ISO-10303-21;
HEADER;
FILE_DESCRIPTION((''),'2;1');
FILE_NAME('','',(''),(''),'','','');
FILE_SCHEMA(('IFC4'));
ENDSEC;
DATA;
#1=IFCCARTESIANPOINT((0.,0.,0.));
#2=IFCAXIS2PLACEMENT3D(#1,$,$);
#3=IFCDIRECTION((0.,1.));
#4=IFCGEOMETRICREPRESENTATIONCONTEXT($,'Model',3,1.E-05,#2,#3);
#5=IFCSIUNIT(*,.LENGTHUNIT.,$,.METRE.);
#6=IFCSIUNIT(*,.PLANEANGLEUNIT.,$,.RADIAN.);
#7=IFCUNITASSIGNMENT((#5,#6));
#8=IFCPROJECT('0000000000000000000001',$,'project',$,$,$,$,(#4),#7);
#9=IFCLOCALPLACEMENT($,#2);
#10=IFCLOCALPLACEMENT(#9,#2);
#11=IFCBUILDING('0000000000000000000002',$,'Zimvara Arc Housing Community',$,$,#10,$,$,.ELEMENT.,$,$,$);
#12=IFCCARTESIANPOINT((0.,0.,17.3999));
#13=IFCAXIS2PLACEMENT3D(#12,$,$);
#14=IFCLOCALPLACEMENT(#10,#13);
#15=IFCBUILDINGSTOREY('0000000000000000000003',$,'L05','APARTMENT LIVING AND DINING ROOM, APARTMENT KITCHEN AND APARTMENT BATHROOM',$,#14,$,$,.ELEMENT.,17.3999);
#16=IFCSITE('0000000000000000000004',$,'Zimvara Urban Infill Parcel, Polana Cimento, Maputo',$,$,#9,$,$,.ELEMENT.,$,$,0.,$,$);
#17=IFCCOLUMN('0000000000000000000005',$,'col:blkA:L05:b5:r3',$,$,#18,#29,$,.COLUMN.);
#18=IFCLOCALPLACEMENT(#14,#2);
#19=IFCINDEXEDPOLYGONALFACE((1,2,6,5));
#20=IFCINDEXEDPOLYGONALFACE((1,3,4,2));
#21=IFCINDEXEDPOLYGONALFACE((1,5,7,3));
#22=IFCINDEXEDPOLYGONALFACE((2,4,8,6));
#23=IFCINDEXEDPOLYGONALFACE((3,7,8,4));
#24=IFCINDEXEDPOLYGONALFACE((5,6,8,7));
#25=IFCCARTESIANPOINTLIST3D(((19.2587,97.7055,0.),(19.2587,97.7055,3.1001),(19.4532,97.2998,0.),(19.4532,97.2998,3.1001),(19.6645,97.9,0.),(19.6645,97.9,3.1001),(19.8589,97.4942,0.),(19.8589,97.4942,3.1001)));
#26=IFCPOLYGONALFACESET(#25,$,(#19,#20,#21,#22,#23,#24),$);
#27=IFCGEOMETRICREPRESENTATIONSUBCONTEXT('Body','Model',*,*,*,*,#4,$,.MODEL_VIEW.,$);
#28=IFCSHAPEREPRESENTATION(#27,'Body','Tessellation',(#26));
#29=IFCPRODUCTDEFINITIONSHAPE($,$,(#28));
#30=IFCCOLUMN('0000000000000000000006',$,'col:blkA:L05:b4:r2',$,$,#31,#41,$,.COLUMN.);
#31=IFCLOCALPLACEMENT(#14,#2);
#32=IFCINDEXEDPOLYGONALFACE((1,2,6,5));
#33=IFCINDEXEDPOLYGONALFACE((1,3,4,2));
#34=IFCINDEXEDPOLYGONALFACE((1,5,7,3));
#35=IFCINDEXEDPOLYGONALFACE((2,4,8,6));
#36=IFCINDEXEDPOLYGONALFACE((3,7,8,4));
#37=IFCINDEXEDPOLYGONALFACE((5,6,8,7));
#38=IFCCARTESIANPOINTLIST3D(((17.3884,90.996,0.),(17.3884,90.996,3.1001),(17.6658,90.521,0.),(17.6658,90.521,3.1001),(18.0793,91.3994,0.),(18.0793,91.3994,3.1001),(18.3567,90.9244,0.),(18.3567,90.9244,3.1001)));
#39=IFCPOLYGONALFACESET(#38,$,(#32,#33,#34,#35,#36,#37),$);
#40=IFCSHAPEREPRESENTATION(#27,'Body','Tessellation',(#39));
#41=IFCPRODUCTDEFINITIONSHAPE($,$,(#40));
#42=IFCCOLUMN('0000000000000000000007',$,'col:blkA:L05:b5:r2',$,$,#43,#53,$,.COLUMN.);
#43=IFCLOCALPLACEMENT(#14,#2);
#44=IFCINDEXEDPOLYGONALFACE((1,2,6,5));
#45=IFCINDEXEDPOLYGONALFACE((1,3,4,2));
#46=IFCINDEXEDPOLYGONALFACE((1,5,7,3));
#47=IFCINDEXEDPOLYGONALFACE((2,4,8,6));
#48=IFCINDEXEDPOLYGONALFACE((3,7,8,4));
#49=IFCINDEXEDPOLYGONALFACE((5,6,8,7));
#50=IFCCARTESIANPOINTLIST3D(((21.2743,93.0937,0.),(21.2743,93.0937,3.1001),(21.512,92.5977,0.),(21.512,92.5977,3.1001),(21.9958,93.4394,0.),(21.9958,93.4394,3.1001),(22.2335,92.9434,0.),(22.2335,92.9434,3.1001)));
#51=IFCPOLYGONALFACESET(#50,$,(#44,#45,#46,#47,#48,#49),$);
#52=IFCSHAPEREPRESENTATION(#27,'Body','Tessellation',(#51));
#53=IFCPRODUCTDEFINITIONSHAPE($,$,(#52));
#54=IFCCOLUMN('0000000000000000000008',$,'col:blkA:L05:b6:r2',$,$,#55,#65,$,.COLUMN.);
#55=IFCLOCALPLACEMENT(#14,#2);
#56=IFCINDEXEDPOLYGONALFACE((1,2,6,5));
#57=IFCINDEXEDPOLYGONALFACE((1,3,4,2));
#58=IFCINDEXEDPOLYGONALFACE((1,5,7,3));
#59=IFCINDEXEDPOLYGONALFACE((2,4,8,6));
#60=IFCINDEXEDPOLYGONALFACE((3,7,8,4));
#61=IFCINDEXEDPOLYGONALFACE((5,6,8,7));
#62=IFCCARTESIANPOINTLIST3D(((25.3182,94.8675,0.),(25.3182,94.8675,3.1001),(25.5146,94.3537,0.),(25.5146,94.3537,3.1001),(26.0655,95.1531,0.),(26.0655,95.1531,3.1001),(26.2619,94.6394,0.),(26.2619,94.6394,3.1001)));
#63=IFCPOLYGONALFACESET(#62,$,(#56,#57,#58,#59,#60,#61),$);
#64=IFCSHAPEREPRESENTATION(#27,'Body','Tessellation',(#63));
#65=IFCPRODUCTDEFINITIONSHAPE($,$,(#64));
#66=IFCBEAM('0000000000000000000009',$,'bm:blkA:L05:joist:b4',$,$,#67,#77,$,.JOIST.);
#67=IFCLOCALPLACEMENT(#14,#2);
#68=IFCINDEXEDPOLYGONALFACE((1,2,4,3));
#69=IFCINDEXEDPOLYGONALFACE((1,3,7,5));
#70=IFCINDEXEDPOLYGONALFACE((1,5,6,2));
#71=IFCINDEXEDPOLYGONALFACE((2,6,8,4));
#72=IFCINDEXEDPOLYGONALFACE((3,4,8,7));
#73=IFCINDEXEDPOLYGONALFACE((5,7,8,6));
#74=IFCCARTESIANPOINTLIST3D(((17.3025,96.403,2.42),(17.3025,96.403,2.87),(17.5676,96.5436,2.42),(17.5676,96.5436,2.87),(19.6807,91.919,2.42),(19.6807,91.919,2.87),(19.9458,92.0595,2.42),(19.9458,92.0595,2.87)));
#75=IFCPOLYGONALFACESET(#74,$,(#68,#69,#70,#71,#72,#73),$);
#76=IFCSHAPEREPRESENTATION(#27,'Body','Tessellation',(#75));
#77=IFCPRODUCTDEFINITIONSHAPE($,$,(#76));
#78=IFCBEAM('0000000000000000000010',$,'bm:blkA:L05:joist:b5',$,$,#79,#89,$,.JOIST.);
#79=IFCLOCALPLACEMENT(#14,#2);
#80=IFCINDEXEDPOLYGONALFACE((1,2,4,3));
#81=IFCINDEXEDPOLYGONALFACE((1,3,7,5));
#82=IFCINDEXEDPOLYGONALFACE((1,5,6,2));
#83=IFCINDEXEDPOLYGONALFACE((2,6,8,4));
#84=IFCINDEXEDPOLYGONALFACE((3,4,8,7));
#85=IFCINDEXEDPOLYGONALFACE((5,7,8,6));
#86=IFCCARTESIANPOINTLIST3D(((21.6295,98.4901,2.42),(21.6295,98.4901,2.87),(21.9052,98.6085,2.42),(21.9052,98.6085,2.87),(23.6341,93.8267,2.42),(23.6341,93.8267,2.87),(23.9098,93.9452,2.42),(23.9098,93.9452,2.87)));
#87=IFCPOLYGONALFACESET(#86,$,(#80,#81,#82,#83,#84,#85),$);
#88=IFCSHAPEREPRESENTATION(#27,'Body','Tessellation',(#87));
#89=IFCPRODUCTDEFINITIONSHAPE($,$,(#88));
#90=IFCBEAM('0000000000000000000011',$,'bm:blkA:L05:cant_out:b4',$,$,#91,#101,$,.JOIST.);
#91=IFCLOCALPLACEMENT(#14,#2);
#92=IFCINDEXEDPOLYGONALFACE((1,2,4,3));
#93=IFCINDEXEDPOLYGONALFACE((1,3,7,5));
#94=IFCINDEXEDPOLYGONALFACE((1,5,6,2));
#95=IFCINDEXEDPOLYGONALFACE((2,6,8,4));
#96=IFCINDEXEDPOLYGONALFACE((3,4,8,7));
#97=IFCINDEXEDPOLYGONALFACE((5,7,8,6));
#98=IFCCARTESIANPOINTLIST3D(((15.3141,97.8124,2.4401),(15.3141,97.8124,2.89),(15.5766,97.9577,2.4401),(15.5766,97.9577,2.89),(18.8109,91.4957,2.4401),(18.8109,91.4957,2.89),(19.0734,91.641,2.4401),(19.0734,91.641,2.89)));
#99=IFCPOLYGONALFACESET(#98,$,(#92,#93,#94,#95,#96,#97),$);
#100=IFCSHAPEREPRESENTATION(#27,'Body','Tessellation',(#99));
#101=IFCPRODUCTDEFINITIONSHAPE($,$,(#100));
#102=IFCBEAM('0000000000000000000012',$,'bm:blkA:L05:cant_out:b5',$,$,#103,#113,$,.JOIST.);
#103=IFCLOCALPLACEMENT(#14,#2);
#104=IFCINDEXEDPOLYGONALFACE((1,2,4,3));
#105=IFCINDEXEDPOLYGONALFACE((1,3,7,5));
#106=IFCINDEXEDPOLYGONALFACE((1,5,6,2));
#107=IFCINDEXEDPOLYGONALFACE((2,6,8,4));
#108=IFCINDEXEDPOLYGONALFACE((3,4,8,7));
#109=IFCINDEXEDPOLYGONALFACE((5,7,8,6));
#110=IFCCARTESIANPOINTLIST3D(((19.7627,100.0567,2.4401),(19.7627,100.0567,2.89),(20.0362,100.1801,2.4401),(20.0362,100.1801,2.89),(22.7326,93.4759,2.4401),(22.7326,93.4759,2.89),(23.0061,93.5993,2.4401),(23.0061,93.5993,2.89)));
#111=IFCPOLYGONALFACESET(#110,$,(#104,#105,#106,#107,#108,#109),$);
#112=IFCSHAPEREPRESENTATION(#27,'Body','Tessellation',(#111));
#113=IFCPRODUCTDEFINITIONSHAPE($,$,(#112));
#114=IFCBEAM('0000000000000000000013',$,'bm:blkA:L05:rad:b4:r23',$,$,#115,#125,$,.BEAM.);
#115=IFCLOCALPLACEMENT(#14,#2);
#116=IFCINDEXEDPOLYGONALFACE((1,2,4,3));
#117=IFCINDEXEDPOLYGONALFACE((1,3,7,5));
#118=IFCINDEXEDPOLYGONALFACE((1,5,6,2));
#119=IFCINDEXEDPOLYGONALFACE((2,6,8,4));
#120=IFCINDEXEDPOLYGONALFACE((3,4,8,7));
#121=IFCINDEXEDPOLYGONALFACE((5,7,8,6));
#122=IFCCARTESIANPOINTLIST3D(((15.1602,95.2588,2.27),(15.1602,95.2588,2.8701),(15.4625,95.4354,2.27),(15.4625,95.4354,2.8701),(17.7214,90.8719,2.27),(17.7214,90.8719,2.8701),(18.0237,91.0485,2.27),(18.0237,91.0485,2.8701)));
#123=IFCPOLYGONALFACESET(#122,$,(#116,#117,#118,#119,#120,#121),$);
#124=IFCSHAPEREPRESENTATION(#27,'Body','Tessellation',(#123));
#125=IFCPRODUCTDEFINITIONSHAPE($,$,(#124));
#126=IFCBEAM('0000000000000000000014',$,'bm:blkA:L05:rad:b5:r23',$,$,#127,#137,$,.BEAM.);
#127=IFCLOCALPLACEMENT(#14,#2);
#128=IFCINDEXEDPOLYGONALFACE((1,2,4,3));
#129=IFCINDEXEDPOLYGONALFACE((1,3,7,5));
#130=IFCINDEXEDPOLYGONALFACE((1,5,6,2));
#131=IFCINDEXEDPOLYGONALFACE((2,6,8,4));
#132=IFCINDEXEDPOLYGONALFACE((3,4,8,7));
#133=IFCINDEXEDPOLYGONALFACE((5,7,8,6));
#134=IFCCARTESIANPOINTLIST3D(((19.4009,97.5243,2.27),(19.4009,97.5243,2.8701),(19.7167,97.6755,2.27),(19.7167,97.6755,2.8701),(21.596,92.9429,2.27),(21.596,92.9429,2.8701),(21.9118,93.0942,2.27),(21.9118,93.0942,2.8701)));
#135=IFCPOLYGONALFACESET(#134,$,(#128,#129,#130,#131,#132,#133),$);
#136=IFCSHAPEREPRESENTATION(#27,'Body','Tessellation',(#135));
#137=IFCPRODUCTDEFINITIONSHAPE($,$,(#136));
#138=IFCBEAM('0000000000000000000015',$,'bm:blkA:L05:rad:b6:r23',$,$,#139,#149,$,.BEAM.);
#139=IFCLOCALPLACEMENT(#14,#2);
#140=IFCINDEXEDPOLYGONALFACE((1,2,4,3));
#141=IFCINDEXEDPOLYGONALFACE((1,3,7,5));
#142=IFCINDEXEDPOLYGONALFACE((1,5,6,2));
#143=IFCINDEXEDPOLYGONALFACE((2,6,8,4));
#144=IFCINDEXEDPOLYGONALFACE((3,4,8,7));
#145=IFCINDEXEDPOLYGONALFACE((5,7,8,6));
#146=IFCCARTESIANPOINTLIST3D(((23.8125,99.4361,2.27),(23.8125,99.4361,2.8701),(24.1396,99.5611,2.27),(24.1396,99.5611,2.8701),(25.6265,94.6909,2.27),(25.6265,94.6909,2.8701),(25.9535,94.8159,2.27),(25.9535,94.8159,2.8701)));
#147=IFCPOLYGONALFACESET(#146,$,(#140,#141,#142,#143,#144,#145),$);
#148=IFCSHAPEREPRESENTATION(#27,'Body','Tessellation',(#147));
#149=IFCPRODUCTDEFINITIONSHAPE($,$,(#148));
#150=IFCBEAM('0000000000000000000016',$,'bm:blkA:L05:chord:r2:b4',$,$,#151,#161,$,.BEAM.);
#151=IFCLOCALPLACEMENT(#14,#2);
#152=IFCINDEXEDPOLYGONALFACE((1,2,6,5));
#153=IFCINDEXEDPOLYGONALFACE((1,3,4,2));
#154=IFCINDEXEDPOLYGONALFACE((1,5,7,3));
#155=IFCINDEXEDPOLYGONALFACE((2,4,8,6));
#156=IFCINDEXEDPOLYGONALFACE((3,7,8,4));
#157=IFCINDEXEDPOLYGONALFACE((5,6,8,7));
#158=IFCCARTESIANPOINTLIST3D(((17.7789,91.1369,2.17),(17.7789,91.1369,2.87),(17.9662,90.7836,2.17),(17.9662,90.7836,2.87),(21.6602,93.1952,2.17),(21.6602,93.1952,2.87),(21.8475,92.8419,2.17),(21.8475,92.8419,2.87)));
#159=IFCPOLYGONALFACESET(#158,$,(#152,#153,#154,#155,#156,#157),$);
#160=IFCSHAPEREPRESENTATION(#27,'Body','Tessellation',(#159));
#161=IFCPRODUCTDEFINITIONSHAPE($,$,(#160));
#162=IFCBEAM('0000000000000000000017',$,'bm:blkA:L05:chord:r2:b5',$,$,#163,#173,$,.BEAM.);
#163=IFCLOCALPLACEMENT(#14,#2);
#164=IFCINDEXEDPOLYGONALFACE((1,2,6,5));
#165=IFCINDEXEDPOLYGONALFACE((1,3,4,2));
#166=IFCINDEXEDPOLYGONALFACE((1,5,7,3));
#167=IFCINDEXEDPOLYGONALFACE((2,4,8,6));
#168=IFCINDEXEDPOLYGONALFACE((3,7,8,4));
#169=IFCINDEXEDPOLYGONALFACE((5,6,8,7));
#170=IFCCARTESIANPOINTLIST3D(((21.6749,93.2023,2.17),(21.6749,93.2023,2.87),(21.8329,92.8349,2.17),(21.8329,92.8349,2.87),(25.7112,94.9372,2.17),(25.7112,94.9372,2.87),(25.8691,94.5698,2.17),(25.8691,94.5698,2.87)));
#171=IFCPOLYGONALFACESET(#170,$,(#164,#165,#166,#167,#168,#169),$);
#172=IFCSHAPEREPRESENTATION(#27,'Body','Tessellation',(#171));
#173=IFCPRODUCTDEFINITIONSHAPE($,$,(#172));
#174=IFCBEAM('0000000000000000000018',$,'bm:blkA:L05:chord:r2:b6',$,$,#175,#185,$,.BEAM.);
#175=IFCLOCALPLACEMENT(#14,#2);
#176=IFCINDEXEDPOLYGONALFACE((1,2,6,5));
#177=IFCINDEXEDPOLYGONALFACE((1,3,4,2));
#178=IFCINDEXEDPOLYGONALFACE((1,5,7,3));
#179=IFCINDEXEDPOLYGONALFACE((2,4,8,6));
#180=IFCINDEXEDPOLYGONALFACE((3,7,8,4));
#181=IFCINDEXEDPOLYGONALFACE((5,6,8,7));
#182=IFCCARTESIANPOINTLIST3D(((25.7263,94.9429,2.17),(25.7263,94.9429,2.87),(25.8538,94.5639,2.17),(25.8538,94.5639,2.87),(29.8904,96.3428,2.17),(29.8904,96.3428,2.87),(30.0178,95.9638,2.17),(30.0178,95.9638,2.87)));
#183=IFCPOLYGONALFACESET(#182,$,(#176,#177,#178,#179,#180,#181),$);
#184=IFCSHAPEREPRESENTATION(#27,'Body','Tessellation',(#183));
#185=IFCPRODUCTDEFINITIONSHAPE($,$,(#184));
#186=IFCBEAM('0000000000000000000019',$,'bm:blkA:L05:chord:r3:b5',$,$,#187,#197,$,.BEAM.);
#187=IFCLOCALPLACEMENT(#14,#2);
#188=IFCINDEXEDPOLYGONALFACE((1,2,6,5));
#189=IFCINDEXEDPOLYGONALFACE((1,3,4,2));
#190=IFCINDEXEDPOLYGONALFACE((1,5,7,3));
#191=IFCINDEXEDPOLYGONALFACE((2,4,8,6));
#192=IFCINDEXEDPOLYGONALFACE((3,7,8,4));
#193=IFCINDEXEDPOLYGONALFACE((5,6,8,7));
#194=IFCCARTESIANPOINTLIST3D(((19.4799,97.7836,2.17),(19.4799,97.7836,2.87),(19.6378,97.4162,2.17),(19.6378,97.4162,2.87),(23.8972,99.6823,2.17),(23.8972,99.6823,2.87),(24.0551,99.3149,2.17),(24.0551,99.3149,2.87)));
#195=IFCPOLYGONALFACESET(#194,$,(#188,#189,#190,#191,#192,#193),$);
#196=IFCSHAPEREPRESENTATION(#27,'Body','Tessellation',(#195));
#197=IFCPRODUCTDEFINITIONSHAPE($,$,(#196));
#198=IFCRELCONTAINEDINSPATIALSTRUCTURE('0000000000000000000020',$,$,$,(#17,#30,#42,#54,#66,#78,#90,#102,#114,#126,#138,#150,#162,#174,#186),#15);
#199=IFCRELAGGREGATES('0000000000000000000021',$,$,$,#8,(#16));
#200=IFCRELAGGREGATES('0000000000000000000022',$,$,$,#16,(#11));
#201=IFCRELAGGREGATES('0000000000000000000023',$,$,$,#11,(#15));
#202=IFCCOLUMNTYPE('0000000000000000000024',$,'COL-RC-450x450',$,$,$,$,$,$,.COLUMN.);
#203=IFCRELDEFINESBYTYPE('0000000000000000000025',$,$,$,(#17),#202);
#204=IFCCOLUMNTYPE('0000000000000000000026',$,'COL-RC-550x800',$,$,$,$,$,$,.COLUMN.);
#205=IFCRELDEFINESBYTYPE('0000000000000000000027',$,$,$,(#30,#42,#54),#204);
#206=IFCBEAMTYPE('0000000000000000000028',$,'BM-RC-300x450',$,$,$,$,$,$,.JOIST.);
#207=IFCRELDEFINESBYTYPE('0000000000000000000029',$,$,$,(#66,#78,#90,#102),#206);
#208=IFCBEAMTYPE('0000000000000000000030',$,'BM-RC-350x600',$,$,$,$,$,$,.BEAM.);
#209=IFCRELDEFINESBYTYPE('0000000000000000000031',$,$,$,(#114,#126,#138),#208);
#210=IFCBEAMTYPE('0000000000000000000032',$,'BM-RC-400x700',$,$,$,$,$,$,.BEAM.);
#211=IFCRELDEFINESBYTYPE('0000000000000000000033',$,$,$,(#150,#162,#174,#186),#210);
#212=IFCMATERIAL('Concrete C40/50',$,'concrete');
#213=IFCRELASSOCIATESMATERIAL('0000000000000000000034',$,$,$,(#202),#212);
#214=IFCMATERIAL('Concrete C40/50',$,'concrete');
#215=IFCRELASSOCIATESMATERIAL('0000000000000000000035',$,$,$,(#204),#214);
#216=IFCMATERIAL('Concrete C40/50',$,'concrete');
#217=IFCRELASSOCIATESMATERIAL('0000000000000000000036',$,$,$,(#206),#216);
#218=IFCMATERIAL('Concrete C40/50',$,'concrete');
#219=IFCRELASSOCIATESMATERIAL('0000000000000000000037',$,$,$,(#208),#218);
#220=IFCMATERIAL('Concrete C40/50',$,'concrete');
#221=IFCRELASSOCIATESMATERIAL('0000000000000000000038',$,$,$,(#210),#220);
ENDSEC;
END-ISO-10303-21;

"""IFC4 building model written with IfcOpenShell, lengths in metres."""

from ifc_helpers import new_model, si_unit, direction, frame, origin, origin_2d, place, context, subcontext, project, spatial, rectangle, extrude, material, material_profile, profile_set, type_object, element, save


model = new_model("IFC4")

# Units and contexts
model_context = context("Model", 3, precision=1e-05, world=origin(), true_north=direction((0.0, 1.0)))
body_context = subcontext(model_context, "Body", "Model", "MODEL_VIEW")
ifc_project = project(units=[si_unit("LENGTHUNIT", "METRE"), si_unit("PLANEANGLEUNIT", "RADIAN")], contexts=[model_context])

# Site, building, storey
site_placement = place(None, origin())
site = spatial("IfcSite", under=ifc_project, at=site_placement, Name="Zimvara Urban Infill Parcel, Polana Cimento, Maputo", CompositionType="ELEMENT", RefElevation=0.0)
building_placement = place(site_placement, origin())
building = spatial("IfcBuilding", under=site, at=building_placement, Name="Zimvara Arc Housing Community", CompositionType="ELEMENT")
storey_placement = place(building_placement, frame((0.0, 0.0, 17.3999)))
storey = spatial("IfcBuildingStorey", under=building, at=storey_placement, Name="L05", Description="APARTMENT LIVING AND DINING ROOM, APARTMENT KITCHEN AND APARTMENT BATHROOM", CompositionType="ELEMENT", Elevation=17.3999)

# Columns
ifc_material_1 = material(Name="Concrete C40/50", Category="concrete")
ifc_material_profile_1 = material_profile(ifc_material_1, rectangle(XDim=0.45, YDim=0.45, at=origin_2d()), Name="RC 450x450")
ifc_profile_set_1 = profile_set([ifc_material_profile_1], Name="Concrete C40/50")
column_type_1 = type_object("IfcColumnType", Name="COL-RC-450x450", PredefinedType="COLUMN", material=ifc_profile_set_1)
column_placement = place(storey_placement, frame((19.5588, 97.5999, 0.0), z_axis=(0.0, 0.0, 1.0), x_axis=(-0.432086, 0.901833, 0.0)))
element("IfcColumn", 1, at=column_placement, inside=storey, type_object=column_type_1, Name="col:blkA:L05:b5:r3", PredefinedType="COLUMN", context=body_context, shape_type="SweptSolid", body=[
    extrude(rectangle(XDim=0.45, YDim=0.45, at=origin_2d()), origin(), (0.0, 0.0, 1.0), 3.1001),
])
ifc_material_2 = material(Name="Concrete C40/50", Category="concrete")
ifc_material_profile_2 = material_profile(ifc_material_2, rectangle(XDim=0.55, YDim=0.8, at=origin_2d()), Name="RC 550x800")
ifc_profile_set_2 = profile_set([ifc_material_profile_2], Name="Concrete C40/50")
column_type_2 = type_object("IfcColumnType", Name="COL-RC-550x800", PredefinedType="COLUMN", material=ifc_profile_set_2)
for number, where, z_axis, x_axis, name in (
    (2, (17.8726, 90.9602, 0.0), (0.0, 0.0, 1.0), (-0.504226, 0.863572, 0.0), "col:blkA:L05:b4:r2"),
    (3, (21.7539, 93.0186, 0.0), (0.0, 0.0, 1.0), (-0.432086, 0.901833, 0.0), "col:blkA:L05:b5:r2"),
    (4, (25.79, 94.7534, 0.0), (0.0, 0.0, 1.0), (-0.357064, 0.93408, 0.0), "col:blkA:L05:b6:r2"),
):
    element("IfcColumn", number, at=place(storey_placement, frame(where, z_axis=z_axis, x_axis=x_axis)), inside=storey, type_object=column_type_2, Name=name, PredefinedType="COLUMN", context=body_context, shape_type="SweptSolid", body=[
        extrude(rectangle(XDim=0.55, YDim=0.8, at=origin_2d()), origin(), (0.0, 0.0, 1.0), 3.1001),
    ])

# Beams
ifc_material_3 = material(Name="Concrete C40/50", Category="concrete")
ifc_material_profile_3 = material_profile(ifc_material_3, rectangle(XDim=0.3, YDim=0.45, at=origin_2d()), Name="RC 300x450")
ifc_profile_set_3 = profile_set([ifc_material_profile_3], Name="Concrete C40/50")
beam_type_1 = type_object("IfcBeamType", Name="BM-RC-300x450", PredefinedType="JOIST", material=ifc_profile_set_3)
beam_1_placement = place(storey_placement, frame((19.8132, 91.9893, 2.645), z_axis=(-0.468537, 0.883444, 0.0), x_axis=(-0.883444, -0.468537, 0.0)))
element("IfcBeam", 5, at=beam_1_placement, inside=storey, type_object=beam_type_1, Name="bm:blkA:L05:joist:b4", PredefinedType="JOIST", context=body_context, shape_type="SweptSolid", body=[
    extrude(rectangle(XDim=0.3, YDim=0.45, at=origin_2d()), origin(), (0.0, 0.0, 1.0), 5.0757),
])
beam_2_placement = place(storey_placement, frame((23.772, 93.886, 2.645), z_axis=(-0.394929, 0.918712, 0.0), x_axis=(-0.918712, -0.394929, 0.0)))
element("IfcBeam", 6, at=beam_2_placement, inside=storey, type_object=beam_type_1, Name="bm:blkA:L05:joist:b5", PredefinedType="JOIST", context=body_context, shape_type="SweptSolid", body=[
    extrude(rectangle(XDim=0.3, YDim=0.45, at=origin_2d()), origin(), (0.0, 0.0, 1.0), 5.0759),
])
for number, where, z_axis, x_axis, name in (
    (7, (18.9421, 91.5684, 2.665), (-0.484327, 0.874887, 0.0), (-0.874887, -0.484327, 0.0), "bm:blkA:L05:cant_out:b4"),
    (8, (22.8694, 93.5376, 2.665), (-0.411356, 0.911475, 0.0), (-0.911475, -0.411356, 0.0), "bm:blkA:L05:cant_out:b5"),
):
    element("IfcBeam", number, at=place(storey_placement, frame(where, z_axis=z_axis, x_axis=x_axis)), inside=storey, type_object=beam_type_1, Name=name, PredefinedType="JOIST", context=body_context, shape_type="SweptSolid", body=[
        extrude(rectangle(XDim=0.3, YDim=0.45, at=origin_2d()), origin(), (0.0, 0.0, 1.0), 7.22),
    ])
ifc_material_4 = material(Name="Concrete C40/50", Category="concrete")
ifc_material_profile_4 = material_profile(ifc_material_4, rectangle(XDim=0.3501, YDim=0.6001, at=origin_2d()), Name="RC 350x600")
ifc_profile_set_4 = profile_set([ifc_material_profile_4], Name="Concrete C40/50")
beam_type_2 = type_object("IfcBeamType", Name="BM-RC-350x600", PredefinedType="BEAM", material=ifc_profile_set_4)
beam_3_placement = place(storey_placement, frame((17.8726, 90.9602, 2.5701), z_axis=(-0.504197, 0.863589, 0.0), x_axis=(-0.863589, -0.504197, 0.0)))
element("IfcBeam", 9, at=beam_3_placement, inside=storey, type_object=beam_type_2, Name="bm:blkA:L05:rad:b4:r23", PredefinedType="BEAM", context=body_context, shape_type="SweptSolid", body=[
    extrude(rectangle(XDim=0.3501, YDim=0.6001, at=origin_2d()), origin(), (0.0, 0.0, 1.0), 5.0798),
])
for number, where, z_axis, x_axis, name in (
    (10, (21.7539, 93.0186, 2.5701), (-0.432098, 0.901827, 0.0), (-0.901827, -0.432098, 0.0), "bm:blkA:L05:rad:b5:r23"),
    (11, (25.79, 94.7534, 2.5701), (-0.357078, 0.934074, 0.0), (-0.934074, -0.357078, 0.0), "bm:blkA:L05:rad:b6:r23"),
):
    element("IfcBeam", number, at=place(storey_placement, frame(where, z_axis=z_axis, x_axis=x_axis)), inside=storey, type_object=beam_type_2, Name=name, PredefinedType="BEAM", context=body_context, shape_type="SweptSolid", body=[
        extrude(rectangle(XDim=0.3501, YDim=0.6001, at=origin_2d()), origin(), (0.0, 0.0, 1.0), 5.0801),
    ])
ifc_material_5 = material(Name="Concrete C40/50", Category="concrete")
ifc_material_profile_5 = material_profile(ifc_material_5, rectangle(XDim=0.3999, YDim=0.7, at=origin_2d()), Name="RC 400x700")
ifc_profile_set_5 = profile_set([ifc_material_profile_5], Name="Concrete C40/50")
beam_type_3 = type_object("IfcBeamType", Name="BM-RC-400x700", PredefinedType="BEAM", material=ifc_profile_set_5)
for number, where, z_axis, x_axis, name in (
    (12, (17.8726, 90.9602, 2.52), (0.883457, 0.468513, 0.0), (-0.468513, 0.883457, 0.0), "bm:blkA:L05:chord:r2:b4"),
    (13, (21.7539, 93.0186, 2.52), (0.918725, 0.394898, 0.0), (-0.394898, 0.918725, 0.0), "bm:blkA:L05:chord:r2:b5"),
):
    element("IfcBeam", number, at=place(storey_placement, frame(where, z_axis=z_axis, x_axis=x_axis)), inside=storey, type_object=beam_type_3, Name=name, PredefinedType="BEAM", context=body_context, shape_type="SweptSolid", body=[
        extrude(rectangle(XDim=0.3999, YDim=0.7, at=origin_2d()), origin(), (0.0, 0.0, 1.0), 4.3933),
    ])
beam_4_placement = place(storey_placement, frame((25.79, 94.7534, 2.52), z_axis=(0.947869, 0.318661, 0.0), x_axis=(-0.318661, 0.947869, 0.0)))
element("IfcBeam", 14, at=beam_4_placement, inside=storey, type_object=beam_type_3, Name="bm:blkA:L05:chord:r2:b6", PredefinedType="BEAM", context=body_context, shape_type="SweptSolid", body=[
    extrude(rectangle(XDim=0.3999, YDim=0.7, at=origin_2d()), origin(), (0.0, 0.0, 1.0), 4.3931),
])
beam_5_placement = place(storey_placement, frame((19.5588, 97.5999, 2.52), z_axis=(0.918724, 0.3949, 0.0), x_axis=(-0.3949, 0.918724, 0.0)))
element("IfcBeam", 15, at=beam_5_placement, inside=storey, type_object=beam_type_3, Name="bm:blkA:L05:chord:r3:b5", PredefinedType="BEAM", context=body_context, shape_type="SweptSolid", body=[
    extrude(rectangle(XDim=0.3999, YDim=0.7, at=origin_2d()), origin(), (0.0, 0.0, 1.0), 4.8081),
])

save(model, "model.ifc")
